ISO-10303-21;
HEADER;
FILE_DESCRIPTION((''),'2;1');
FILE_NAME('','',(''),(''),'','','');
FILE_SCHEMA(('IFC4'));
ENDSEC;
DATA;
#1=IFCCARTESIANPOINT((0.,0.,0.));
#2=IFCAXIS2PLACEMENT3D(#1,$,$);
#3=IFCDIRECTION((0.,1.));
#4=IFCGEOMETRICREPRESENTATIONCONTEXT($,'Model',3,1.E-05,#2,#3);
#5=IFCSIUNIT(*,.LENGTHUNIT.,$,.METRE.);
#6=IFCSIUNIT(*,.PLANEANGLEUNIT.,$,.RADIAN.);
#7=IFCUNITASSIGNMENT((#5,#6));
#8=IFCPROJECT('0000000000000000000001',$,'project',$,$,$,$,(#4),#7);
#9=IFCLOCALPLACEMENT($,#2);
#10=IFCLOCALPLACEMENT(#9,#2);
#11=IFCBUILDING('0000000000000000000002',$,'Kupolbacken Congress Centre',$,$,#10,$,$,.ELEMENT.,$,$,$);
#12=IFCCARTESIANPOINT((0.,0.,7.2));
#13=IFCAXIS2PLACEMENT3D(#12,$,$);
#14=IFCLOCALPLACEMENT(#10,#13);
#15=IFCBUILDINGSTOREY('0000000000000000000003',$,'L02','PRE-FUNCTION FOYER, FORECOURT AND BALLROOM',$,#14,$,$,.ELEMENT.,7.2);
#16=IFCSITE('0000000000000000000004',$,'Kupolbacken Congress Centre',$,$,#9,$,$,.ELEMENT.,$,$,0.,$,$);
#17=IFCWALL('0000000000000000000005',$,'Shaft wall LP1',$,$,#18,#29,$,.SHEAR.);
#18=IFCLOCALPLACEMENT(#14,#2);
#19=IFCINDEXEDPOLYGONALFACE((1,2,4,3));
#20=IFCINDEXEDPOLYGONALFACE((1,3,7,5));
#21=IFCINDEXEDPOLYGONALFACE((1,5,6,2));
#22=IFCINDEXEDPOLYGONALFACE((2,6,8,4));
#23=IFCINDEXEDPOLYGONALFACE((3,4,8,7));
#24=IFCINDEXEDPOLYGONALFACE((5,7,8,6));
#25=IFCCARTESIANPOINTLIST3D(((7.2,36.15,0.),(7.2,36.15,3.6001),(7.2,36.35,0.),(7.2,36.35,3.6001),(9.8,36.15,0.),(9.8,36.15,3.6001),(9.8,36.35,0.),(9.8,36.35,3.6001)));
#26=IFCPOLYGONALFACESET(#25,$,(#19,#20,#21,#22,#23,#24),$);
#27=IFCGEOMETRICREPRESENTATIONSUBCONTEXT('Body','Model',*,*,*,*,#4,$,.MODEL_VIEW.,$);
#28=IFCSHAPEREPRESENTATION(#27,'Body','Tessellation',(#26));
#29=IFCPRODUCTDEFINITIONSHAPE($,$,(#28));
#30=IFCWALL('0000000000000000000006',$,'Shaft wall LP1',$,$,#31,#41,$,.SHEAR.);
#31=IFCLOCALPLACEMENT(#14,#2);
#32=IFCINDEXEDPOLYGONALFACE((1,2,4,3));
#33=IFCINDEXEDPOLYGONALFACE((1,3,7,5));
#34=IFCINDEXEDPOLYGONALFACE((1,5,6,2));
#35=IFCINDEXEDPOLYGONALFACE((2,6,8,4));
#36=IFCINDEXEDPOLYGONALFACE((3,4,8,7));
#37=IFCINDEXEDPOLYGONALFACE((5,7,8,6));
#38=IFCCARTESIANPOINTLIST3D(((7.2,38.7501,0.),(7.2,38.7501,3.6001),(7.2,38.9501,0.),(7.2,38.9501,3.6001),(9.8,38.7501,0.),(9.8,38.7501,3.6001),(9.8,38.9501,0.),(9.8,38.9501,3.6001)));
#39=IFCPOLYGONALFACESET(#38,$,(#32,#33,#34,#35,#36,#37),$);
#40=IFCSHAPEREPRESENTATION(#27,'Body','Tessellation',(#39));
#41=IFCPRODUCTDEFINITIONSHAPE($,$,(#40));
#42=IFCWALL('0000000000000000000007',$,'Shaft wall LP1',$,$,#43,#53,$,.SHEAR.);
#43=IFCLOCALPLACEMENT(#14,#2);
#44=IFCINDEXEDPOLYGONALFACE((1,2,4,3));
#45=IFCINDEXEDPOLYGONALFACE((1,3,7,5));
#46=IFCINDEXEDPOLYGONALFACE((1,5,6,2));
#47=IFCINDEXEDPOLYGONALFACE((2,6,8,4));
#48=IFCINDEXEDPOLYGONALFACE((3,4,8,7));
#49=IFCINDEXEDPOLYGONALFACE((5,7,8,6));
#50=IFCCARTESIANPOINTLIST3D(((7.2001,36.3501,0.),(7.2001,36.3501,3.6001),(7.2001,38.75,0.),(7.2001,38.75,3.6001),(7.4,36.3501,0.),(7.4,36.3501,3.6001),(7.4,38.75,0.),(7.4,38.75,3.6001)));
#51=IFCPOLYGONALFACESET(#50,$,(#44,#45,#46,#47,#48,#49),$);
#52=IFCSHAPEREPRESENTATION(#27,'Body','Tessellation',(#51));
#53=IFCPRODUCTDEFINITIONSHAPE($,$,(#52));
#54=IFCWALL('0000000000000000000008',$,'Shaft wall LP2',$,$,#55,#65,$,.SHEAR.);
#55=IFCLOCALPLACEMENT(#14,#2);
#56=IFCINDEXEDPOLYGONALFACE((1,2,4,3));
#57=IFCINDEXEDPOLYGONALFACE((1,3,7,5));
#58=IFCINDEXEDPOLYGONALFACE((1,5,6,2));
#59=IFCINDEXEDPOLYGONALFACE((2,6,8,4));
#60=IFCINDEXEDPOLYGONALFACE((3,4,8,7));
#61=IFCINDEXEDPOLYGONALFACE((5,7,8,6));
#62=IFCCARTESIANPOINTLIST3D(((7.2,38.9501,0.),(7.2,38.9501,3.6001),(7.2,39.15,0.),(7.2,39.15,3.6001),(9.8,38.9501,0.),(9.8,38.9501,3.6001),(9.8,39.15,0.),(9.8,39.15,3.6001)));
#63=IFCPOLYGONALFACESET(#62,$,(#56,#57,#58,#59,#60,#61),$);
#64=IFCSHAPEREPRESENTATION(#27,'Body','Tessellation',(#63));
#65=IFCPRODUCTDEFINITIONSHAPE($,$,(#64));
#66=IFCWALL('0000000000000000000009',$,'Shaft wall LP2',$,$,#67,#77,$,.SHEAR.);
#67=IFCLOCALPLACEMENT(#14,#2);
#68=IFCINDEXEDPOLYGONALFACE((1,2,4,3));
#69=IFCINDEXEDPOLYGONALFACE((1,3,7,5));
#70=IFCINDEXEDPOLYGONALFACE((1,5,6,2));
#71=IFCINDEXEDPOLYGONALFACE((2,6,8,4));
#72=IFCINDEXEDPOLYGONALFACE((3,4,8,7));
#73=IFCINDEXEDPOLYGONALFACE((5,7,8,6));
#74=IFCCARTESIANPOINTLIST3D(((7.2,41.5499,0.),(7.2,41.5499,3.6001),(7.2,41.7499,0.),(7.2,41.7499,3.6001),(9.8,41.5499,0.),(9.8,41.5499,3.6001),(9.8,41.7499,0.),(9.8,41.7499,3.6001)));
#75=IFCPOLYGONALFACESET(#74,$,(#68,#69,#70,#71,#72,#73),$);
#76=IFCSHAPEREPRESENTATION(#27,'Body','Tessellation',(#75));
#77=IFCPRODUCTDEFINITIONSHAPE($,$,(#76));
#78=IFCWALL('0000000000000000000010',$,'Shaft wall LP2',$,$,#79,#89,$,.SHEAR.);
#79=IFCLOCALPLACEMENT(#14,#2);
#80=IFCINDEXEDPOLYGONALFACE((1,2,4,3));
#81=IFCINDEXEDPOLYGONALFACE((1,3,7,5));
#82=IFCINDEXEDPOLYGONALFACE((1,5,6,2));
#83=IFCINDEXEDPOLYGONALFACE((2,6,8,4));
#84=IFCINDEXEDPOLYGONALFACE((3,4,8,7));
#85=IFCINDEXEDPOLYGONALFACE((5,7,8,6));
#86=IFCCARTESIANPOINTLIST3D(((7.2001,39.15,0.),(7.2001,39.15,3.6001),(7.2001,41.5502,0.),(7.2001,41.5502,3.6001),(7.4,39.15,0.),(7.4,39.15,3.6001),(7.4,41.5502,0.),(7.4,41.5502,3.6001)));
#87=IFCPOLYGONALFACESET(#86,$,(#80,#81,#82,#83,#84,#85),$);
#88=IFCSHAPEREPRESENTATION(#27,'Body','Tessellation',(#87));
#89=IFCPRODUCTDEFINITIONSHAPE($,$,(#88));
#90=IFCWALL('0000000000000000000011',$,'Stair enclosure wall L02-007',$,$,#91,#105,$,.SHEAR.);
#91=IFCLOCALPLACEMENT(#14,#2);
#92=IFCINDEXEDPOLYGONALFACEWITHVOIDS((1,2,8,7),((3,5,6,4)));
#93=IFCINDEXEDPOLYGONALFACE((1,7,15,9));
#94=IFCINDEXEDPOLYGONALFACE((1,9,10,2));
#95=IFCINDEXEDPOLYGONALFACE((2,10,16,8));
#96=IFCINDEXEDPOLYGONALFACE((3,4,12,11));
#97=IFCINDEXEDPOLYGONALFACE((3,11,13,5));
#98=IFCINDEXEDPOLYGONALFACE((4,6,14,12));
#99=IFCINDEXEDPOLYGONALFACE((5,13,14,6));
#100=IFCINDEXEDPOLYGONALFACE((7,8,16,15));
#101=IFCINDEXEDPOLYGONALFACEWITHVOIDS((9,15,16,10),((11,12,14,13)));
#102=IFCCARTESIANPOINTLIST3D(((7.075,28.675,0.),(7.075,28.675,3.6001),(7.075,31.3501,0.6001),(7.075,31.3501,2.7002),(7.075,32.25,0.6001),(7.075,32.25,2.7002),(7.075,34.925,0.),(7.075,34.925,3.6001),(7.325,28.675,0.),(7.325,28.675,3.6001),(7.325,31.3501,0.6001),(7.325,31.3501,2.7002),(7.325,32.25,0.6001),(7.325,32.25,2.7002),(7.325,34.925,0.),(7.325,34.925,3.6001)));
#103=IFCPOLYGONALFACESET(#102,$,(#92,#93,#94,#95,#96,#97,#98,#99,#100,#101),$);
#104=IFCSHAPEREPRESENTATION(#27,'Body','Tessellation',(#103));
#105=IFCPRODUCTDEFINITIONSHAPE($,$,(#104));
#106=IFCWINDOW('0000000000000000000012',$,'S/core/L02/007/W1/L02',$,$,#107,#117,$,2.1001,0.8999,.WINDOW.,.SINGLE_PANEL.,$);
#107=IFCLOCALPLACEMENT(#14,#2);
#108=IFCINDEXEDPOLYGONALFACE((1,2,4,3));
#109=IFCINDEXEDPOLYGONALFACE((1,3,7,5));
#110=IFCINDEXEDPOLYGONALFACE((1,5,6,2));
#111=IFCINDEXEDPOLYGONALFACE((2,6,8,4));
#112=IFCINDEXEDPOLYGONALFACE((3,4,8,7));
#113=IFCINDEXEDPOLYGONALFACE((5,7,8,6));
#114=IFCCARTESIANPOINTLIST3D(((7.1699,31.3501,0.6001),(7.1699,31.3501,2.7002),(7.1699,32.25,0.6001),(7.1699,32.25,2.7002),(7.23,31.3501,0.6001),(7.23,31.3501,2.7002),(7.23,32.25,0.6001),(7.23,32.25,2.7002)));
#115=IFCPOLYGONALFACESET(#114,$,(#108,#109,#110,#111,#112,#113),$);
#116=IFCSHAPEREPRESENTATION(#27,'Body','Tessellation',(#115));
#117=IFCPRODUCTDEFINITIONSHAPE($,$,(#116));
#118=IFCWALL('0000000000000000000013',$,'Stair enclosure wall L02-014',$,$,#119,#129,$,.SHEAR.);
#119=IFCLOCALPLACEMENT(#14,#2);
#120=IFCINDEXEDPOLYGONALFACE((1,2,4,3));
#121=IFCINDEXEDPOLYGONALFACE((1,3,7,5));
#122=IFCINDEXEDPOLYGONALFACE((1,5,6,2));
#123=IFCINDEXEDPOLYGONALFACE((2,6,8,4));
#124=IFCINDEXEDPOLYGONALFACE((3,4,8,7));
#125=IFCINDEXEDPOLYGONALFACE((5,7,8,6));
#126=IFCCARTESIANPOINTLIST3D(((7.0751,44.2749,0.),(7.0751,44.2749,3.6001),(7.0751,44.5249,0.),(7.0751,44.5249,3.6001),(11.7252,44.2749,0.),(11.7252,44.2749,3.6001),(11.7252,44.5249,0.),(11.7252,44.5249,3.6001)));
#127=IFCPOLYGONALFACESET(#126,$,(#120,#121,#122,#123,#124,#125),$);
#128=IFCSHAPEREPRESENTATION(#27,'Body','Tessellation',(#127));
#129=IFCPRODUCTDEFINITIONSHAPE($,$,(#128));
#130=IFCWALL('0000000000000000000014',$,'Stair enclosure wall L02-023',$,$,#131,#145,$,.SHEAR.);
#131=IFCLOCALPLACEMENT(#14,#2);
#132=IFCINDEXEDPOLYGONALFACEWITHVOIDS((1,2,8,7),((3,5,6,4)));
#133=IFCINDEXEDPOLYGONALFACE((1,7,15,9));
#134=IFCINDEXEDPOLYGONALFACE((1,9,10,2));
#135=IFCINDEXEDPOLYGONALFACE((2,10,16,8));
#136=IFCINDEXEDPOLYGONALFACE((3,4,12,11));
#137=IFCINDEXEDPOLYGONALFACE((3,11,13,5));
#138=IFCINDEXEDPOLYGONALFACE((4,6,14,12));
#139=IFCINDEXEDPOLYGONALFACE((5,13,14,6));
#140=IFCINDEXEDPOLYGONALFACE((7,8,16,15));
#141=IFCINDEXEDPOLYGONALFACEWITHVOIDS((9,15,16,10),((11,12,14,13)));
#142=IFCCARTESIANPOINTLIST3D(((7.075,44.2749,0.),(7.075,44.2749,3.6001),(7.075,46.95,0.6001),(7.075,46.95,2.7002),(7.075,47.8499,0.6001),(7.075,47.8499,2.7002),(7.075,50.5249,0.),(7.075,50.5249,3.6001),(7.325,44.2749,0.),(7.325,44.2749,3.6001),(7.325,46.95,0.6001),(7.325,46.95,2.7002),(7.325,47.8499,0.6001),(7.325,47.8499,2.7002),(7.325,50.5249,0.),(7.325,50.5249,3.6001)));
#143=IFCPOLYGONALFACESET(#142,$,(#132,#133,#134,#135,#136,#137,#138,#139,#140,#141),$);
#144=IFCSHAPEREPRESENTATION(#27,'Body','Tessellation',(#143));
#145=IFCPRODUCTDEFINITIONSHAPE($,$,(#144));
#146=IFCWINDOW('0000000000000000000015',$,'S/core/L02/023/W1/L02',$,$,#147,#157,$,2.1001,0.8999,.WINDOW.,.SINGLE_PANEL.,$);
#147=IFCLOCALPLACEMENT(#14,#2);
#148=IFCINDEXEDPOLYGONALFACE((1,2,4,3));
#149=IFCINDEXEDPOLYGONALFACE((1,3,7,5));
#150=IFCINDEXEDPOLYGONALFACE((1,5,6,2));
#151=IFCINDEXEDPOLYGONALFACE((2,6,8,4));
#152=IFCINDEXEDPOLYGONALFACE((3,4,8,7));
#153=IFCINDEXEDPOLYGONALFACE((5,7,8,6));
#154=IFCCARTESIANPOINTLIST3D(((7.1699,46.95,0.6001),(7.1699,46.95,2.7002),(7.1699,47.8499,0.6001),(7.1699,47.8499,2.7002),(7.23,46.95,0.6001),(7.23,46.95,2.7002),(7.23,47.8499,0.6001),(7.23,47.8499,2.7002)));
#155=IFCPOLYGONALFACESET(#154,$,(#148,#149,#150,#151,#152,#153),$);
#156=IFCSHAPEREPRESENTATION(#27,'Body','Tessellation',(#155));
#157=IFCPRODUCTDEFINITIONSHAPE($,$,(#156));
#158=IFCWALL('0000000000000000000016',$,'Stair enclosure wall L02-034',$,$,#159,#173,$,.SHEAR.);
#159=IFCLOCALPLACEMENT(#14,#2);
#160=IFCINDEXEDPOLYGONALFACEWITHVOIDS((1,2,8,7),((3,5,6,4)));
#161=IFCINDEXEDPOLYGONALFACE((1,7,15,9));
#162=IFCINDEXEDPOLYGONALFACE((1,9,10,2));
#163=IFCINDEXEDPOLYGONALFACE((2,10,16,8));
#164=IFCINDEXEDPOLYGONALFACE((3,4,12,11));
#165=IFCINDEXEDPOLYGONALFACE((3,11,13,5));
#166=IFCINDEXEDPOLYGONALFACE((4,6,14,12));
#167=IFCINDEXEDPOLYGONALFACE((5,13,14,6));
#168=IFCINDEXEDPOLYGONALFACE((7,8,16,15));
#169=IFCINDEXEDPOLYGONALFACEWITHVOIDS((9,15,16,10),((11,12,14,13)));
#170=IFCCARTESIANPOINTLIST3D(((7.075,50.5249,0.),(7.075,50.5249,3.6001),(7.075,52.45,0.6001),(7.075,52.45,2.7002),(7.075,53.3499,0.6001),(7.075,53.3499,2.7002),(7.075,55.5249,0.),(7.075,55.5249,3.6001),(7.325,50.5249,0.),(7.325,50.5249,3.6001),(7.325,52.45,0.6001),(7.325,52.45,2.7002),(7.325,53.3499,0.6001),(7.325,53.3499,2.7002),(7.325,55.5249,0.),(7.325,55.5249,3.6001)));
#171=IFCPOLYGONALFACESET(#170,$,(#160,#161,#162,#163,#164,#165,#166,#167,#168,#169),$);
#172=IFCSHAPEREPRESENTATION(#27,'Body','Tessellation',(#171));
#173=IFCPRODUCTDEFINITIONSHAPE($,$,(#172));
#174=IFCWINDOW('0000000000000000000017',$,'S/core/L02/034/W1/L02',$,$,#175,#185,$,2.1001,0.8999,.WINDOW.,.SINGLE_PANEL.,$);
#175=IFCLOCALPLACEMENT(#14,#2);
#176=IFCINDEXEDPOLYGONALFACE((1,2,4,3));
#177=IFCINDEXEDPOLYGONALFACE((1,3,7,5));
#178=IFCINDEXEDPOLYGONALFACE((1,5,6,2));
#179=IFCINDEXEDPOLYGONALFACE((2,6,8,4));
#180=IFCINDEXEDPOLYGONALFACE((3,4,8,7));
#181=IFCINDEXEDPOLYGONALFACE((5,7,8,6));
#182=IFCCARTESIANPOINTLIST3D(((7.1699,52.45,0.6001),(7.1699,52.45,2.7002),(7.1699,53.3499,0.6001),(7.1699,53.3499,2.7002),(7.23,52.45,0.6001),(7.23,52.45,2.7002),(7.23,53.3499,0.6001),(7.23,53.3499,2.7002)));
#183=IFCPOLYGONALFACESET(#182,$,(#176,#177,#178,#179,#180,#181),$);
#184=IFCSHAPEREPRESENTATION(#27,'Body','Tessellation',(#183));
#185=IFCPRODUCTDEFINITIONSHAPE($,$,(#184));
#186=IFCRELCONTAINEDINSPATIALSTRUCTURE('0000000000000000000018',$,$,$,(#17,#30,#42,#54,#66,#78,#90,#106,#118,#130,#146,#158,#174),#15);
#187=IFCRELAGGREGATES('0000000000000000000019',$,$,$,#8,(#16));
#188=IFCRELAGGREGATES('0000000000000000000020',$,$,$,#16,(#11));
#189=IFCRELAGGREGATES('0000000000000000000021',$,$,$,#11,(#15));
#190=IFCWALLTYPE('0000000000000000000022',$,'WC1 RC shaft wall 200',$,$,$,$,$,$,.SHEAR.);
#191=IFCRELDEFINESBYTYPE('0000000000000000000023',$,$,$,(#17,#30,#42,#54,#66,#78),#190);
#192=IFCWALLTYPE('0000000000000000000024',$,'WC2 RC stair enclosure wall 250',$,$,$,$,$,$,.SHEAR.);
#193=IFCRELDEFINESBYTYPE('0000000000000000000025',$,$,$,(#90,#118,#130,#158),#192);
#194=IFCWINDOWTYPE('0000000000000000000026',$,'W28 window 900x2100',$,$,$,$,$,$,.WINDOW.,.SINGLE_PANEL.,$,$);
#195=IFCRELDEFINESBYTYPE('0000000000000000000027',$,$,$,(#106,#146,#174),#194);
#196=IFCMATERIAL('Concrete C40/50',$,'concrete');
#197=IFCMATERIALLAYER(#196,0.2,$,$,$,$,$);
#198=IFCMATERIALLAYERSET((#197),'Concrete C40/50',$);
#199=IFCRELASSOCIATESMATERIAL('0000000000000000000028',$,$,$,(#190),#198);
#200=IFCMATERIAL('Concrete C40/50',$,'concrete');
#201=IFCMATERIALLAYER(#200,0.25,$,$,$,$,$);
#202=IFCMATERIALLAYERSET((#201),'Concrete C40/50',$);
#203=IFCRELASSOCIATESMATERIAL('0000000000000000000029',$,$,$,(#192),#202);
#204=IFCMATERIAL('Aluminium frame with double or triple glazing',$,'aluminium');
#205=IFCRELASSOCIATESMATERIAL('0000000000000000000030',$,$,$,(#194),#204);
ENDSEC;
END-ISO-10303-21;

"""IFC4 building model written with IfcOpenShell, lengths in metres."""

from ifc_helpers import new_model, si_unit, direction, frame, frame_2d, origin, place, context, subcontext, project, spatial, rectangle, extrude, material, layer, layer_set, type_object, element, fill, save


model = new_model("IFC4")

# Units and contexts
model_context = context("Model", 3, precision=1e-05, world=origin(), true_north=direction((0.0, 1.0)))
body_context = subcontext(model_context, "Body", "Model", "MODEL_VIEW")
ifc_project = project(units=[si_unit("LENGTHUNIT", "METRE"), si_unit("PLANEANGLEUNIT", "RADIAN")], contexts=[model_context])

# Site, building, storey
site_placement = place(None, origin())
site = spatial("IfcSite", under=ifc_project, at=site_placement, Name="Kupolbacken Congress Centre", CompositionType="ELEMENT", RefElevation=0.0)
building_placement = place(site_placement, origin())
building = spatial("IfcBuilding", under=site, at=building_placement, Name="Kupolbacken Congress Centre", CompositionType="ELEMENT")
storey_placement = place(building_placement, frame((0.0, 0.0, 7.2)))
storey = spatial("IfcBuildingStorey", under=building, at=storey_placement, Name="L02", Description="PRE-FUNCTION FOYER, FORECOURT AND BALLROOM", CompositionType="ELEMENT", Elevation=7.2)

# Walls
ifc_material_1 = material(Name="Concrete C40/50", Category="concrete")
ifc_layer_1 = layer(ifc_material_1, 0.2)
ifc_layer_set_1 = layer_set([ifc_layer_1], Name="Concrete C40/50")
wall_type_1 = type_object("IfcWallType", Name="WC1 RC shaft wall 200", PredefinedType="SHEAR", material=ifc_layer_set_1)
for number, where, z_axis, x_axis, name in (
    (1, (7.2, 36.25, 0.0), (0.0, 0.0, 1.0), (1.0, 0.0, 0.0), "Shaft wall LP1"),
    (2, (7.2, 38.8501, 0.0), (0.0, 0.0, 1.0), (1.0, 0.0, 0.0), "Shaft wall LP1"),
):
    element("IfcWall", number, at=place(storey_placement, frame(where, z_axis=z_axis, x_axis=x_axis)), inside=storey, type_object=wall_type_1, Name=name, PredefinedType="SHEAR", context=body_context, shape_type="SweptSolid", body=[
        extrude(rectangle(XDim=2.6001, YDim=0.2, at=frame_2d((1.3, 0.0))), origin(), (0.0, 0.0, 1.0), 3.6001),
    ])
wall_1_placement = place(storey_placement, frame((7.3, 36.3501, 0.0), z_axis=(0.0, 0.0, 1.0), x_axis=(0.0, 1.0, 0.0)))
element("IfcWall", 3, at=wall_1_placement, inside=storey, type_object=wall_type_1, Name="Shaft wall LP1", PredefinedType="SHEAR", context=body_context, shape_type="SweptSolid", body=[
    extrude(rectangle(XDim=2.3999, YDim=0.2, at=frame_2d((1.2, 0.0))), origin(), (0.0, 0.0, 1.0), 3.6001),
])
for number, where, z_axis, x_axis, name in (
    (4, (7.2, 39.05, 0.0), (0.0, 0.0, 1.0), (1.0, 0.0, 0.0), "Shaft wall LP2"),
    (5, (7.2, 41.6499, 0.0), (0.0, 0.0, 1.0), (1.0, 0.0, 0.0), "Shaft wall LP2"),
):
    element("IfcWall", number, at=place(storey_placement, frame(where, z_axis=z_axis, x_axis=x_axis)), inside=storey, type_object=wall_type_1, Name=name, PredefinedType="SHEAR", context=body_context, shape_type="SweptSolid", body=[
        extrude(rectangle(XDim=2.6001, YDim=0.2, at=frame_2d((1.3, 0.0))), origin(), (0.0, 0.0, 1.0), 3.6001),
    ])
wall_2_placement = place(storey_placement, frame((7.3, 39.1499, 0.0), z_axis=(0.0, 0.0, 1.0), x_axis=(0.0, 1.0, 0.0)))
element("IfcWall", 6, at=wall_2_placement, inside=storey, type_object=wall_type_1, Name="Shaft wall LP2", PredefinedType="SHEAR", context=body_context, shape_type="SweptSolid", body=[
    extrude(rectangle(XDim=2.4001, YDim=0.2, at=frame_2d((1.2002, 0.0))), origin(), (0.0, 0.0, 1.0), 3.6001),
])

# Wall, opening, window
ifc_material_2 = material(Name="Concrete C40/50", Category="concrete")
ifc_layer_2 = layer(ifc_material_2, 0.25)
ifc_layer_set_2 = layer_set([ifc_layer_2], Name="Concrete C40/50")
wall_type_2 = type_object("IfcWallType", Name="WC2 RC stair enclosure wall 250", PredefinedType="SHEAR", material=ifc_layer_set_2)
wall_3_placement = place(storey_placement, frame((7.2, 34.925, 0.0), z_axis=(0.0, 0.0, 1.0), x_axis=(0.0, -1.0, 0.0)))
wall_3 = element("IfcWall", 7, at=wall_3_placement, inside=storey, type_object=wall_type_2, Name="Stair enclosure wall L02-007", PredefinedType="SHEAR", context=body_context, shape_type="SweptSolid", body=[
    extrude(rectangle(XDim=6.25, YDim=0.25, at=frame_2d((3.125, 0.0))), origin(), (0.0, 0.0, 1.0), 3.6001),
])
opening_1_placement = place(wall_3_placement, frame((2.675, 0.0, 0.6001)))
opening_1 = element("IfcOpeningElement", 8, at=opening_1_placement, cuts=wall_3, PredefinedType="OPENING", context=body_context, shape_type="SweptSolid", body=[
    extrude(rectangle(XDim=0.8999, YDim=2.1001, at=frame_2d((0.45, 1.05))), frame((0.0, 0.135, 0.0), z_axis=(0.0, -1.0, 0.0), x_axis=(1.0, 0.0, 0.0)), (0.0, 0.0, 1.0), 0.27),
])
ifc_material_3 = material(Name="Aluminium frame with double or triple glazing", Category="aluminium")
window_type = type_object("IfcWindowType", Name="W28 window 900x2100", PartitioningType="SINGLE_PANEL", PredefinedType="WINDOW", material=ifc_material_3)
window_1_placement = place(opening_1_placement, origin())
window_1 = element("IfcWindow", 9, at=window_1_placement, inside=storey, type_object=window_type, Name="S/core/L02/007/W1/L02", OverallHeight=2.1001, OverallWidth=0.8999, PartitioningType="SINGLE_PANEL", PredefinedType="WINDOW", context=body_context, shape_type="SweptSolid", body=[
    extrude(rectangle(XDim=0.8999, YDim=2.1001, at=frame_2d((0.45, 1.05))), frame((0.0, 0.03, 0.0), z_axis=(0.0, -1.0, 0.0), x_axis=(1.0, 0.0, 0.0)), (0.0, 0.0, 1.0), 0.0601),
])
fill(opening_1, window_1)

# Wall
wall_4_placement = place(storey_placement, frame((7.075, 44.3999, 0.0), z_axis=(0.0, 0.0, 1.0), x_axis=(1.0, 0.0, 0.0)))
element("IfcWall", 10, at=wall_4_placement, inside=storey, type_object=wall_type_2, Name="Stair enclosure wall L02-014", PredefinedType="SHEAR", context=body_context, shape_type="SweptSolid", body=[
    extrude(rectangle(XDim=4.6501, YDim=0.25, at=frame_2d((2.3252, 0.0))), origin(), (0.0, 0.0, 1.0), 3.6001),
])

# Walls, openings, windows
wall_5_placement = place(storey_placement, frame((7.2, 50.5249, 0.0), z_axis=(0.0, 0.0, 1.0), x_axis=(0.0, -1.0, 0.0)))
wall_5 = element("IfcWall", 11, at=wall_5_placement, inside=storey, type_object=wall_type_2, Name="Stair enclosure wall L02-023", PredefinedType="SHEAR", context=body_context, shape_type="SweptSolid", body=[
    extrude(rectangle(XDim=6.25, YDim=0.25, at=frame_2d((3.125, 0.0))), origin(), (0.0, 0.0, 1.0), 3.6001),
])
opening_2_placement = place(wall_5_placement, frame((2.675, 0.0, 0.6001)))
opening_2 = element("IfcOpeningElement", 12, at=opening_2_placement, cuts=wall_5, PredefinedType="OPENING", context=body_context, shape_type="SweptSolid", body=[
    extrude(rectangle(XDim=0.8999, YDim=2.1001, at=frame_2d((0.45, 1.05))), frame((0.0, 0.135, 0.0), z_axis=(0.0, -1.0, 0.0), x_axis=(1.0, 0.0, 0.0)), (0.0, 0.0, 1.0), 0.27),
])
window_2_placement = place(opening_2_placement, origin())
window_2 = element("IfcWindow", 13, at=window_2_placement, inside=storey, type_object=window_type, Name="S/core/L02/023/W1/L02", OverallHeight=2.1001, OverallWidth=0.8999, PartitioningType="SINGLE_PANEL", PredefinedType="WINDOW", context=body_context, shape_type="SweptSolid", body=[
    extrude(rectangle(XDim=0.8999, YDim=2.1001, at=frame_2d((0.45, 1.05))), frame((0.0, 0.03, 0.0), z_axis=(0.0, -1.0, 0.0), x_axis=(1.0, 0.0, 0.0)), (0.0, 0.0, 1.0), 0.0601),
])
fill(opening_2, window_2)
wall_6_placement = place(storey_placement, frame((7.2, 55.5249, 0.0), z_axis=(0.0, 0.0, 1.0), x_axis=(0.0, -1.0, 0.0)))
wall_6 = element("IfcWall", 14, at=wall_6_placement, inside=storey, type_object=wall_type_2, Name="Stair enclosure wall L02-034", PredefinedType="SHEAR", context=body_context, shape_type="SweptSolid", body=[
    extrude(rectangle(XDim=5.0, YDim=0.25, at=frame_2d((2.5, 0.0))), origin(), (0.0, 0.0, 1.0), 3.6001),
])
opening_3_placement = place(wall_6_placement, frame((2.175, 0.0, 0.6001)))
opening_3 = element("IfcOpeningElement", 15, at=opening_3_placement, cuts=wall_6, PredefinedType="OPENING", context=body_context, shape_type="SweptSolid", body=[
    extrude(rectangle(XDim=0.8999, YDim=2.1001, at=frame_2d((0.45, 1.05))), frame((0.0, 0.135, 0.0), z_axis=(0.0, -1.0, 0.0), x_axis=(1.0, 0.0, 0.0)), (0.0, 0.0, 1.0), 0.27),
])
window_3_placement = place(opening_3_placement, origin())
window_3 = element("IfcWindow", 16, at=window_3_placement, inside=storey, type_object=window_type, Name="S/core/L02/034/W1/L02", OverallHeight=2.1001, OverallWidth=0.8999, PartitioningType="SINGLE_PANEL", PredefinedType="WINDOW", context=body_context, shape_type="SweptSolid", body=[
    extrude(rectangle(XDim=0.8999, YDim=2.1001, at=frame_2d((0.45, 1.05))), frame((0.0, 0.03, 0.0), z_axis=(0.0, -1.0, 0.0), x_axis=(1.0, 0.0, 0.0)), (0.0, 0.0, 1.0), 0.0601),
])
fill(opening_3, window_3)

save(model, "model.ifc")
